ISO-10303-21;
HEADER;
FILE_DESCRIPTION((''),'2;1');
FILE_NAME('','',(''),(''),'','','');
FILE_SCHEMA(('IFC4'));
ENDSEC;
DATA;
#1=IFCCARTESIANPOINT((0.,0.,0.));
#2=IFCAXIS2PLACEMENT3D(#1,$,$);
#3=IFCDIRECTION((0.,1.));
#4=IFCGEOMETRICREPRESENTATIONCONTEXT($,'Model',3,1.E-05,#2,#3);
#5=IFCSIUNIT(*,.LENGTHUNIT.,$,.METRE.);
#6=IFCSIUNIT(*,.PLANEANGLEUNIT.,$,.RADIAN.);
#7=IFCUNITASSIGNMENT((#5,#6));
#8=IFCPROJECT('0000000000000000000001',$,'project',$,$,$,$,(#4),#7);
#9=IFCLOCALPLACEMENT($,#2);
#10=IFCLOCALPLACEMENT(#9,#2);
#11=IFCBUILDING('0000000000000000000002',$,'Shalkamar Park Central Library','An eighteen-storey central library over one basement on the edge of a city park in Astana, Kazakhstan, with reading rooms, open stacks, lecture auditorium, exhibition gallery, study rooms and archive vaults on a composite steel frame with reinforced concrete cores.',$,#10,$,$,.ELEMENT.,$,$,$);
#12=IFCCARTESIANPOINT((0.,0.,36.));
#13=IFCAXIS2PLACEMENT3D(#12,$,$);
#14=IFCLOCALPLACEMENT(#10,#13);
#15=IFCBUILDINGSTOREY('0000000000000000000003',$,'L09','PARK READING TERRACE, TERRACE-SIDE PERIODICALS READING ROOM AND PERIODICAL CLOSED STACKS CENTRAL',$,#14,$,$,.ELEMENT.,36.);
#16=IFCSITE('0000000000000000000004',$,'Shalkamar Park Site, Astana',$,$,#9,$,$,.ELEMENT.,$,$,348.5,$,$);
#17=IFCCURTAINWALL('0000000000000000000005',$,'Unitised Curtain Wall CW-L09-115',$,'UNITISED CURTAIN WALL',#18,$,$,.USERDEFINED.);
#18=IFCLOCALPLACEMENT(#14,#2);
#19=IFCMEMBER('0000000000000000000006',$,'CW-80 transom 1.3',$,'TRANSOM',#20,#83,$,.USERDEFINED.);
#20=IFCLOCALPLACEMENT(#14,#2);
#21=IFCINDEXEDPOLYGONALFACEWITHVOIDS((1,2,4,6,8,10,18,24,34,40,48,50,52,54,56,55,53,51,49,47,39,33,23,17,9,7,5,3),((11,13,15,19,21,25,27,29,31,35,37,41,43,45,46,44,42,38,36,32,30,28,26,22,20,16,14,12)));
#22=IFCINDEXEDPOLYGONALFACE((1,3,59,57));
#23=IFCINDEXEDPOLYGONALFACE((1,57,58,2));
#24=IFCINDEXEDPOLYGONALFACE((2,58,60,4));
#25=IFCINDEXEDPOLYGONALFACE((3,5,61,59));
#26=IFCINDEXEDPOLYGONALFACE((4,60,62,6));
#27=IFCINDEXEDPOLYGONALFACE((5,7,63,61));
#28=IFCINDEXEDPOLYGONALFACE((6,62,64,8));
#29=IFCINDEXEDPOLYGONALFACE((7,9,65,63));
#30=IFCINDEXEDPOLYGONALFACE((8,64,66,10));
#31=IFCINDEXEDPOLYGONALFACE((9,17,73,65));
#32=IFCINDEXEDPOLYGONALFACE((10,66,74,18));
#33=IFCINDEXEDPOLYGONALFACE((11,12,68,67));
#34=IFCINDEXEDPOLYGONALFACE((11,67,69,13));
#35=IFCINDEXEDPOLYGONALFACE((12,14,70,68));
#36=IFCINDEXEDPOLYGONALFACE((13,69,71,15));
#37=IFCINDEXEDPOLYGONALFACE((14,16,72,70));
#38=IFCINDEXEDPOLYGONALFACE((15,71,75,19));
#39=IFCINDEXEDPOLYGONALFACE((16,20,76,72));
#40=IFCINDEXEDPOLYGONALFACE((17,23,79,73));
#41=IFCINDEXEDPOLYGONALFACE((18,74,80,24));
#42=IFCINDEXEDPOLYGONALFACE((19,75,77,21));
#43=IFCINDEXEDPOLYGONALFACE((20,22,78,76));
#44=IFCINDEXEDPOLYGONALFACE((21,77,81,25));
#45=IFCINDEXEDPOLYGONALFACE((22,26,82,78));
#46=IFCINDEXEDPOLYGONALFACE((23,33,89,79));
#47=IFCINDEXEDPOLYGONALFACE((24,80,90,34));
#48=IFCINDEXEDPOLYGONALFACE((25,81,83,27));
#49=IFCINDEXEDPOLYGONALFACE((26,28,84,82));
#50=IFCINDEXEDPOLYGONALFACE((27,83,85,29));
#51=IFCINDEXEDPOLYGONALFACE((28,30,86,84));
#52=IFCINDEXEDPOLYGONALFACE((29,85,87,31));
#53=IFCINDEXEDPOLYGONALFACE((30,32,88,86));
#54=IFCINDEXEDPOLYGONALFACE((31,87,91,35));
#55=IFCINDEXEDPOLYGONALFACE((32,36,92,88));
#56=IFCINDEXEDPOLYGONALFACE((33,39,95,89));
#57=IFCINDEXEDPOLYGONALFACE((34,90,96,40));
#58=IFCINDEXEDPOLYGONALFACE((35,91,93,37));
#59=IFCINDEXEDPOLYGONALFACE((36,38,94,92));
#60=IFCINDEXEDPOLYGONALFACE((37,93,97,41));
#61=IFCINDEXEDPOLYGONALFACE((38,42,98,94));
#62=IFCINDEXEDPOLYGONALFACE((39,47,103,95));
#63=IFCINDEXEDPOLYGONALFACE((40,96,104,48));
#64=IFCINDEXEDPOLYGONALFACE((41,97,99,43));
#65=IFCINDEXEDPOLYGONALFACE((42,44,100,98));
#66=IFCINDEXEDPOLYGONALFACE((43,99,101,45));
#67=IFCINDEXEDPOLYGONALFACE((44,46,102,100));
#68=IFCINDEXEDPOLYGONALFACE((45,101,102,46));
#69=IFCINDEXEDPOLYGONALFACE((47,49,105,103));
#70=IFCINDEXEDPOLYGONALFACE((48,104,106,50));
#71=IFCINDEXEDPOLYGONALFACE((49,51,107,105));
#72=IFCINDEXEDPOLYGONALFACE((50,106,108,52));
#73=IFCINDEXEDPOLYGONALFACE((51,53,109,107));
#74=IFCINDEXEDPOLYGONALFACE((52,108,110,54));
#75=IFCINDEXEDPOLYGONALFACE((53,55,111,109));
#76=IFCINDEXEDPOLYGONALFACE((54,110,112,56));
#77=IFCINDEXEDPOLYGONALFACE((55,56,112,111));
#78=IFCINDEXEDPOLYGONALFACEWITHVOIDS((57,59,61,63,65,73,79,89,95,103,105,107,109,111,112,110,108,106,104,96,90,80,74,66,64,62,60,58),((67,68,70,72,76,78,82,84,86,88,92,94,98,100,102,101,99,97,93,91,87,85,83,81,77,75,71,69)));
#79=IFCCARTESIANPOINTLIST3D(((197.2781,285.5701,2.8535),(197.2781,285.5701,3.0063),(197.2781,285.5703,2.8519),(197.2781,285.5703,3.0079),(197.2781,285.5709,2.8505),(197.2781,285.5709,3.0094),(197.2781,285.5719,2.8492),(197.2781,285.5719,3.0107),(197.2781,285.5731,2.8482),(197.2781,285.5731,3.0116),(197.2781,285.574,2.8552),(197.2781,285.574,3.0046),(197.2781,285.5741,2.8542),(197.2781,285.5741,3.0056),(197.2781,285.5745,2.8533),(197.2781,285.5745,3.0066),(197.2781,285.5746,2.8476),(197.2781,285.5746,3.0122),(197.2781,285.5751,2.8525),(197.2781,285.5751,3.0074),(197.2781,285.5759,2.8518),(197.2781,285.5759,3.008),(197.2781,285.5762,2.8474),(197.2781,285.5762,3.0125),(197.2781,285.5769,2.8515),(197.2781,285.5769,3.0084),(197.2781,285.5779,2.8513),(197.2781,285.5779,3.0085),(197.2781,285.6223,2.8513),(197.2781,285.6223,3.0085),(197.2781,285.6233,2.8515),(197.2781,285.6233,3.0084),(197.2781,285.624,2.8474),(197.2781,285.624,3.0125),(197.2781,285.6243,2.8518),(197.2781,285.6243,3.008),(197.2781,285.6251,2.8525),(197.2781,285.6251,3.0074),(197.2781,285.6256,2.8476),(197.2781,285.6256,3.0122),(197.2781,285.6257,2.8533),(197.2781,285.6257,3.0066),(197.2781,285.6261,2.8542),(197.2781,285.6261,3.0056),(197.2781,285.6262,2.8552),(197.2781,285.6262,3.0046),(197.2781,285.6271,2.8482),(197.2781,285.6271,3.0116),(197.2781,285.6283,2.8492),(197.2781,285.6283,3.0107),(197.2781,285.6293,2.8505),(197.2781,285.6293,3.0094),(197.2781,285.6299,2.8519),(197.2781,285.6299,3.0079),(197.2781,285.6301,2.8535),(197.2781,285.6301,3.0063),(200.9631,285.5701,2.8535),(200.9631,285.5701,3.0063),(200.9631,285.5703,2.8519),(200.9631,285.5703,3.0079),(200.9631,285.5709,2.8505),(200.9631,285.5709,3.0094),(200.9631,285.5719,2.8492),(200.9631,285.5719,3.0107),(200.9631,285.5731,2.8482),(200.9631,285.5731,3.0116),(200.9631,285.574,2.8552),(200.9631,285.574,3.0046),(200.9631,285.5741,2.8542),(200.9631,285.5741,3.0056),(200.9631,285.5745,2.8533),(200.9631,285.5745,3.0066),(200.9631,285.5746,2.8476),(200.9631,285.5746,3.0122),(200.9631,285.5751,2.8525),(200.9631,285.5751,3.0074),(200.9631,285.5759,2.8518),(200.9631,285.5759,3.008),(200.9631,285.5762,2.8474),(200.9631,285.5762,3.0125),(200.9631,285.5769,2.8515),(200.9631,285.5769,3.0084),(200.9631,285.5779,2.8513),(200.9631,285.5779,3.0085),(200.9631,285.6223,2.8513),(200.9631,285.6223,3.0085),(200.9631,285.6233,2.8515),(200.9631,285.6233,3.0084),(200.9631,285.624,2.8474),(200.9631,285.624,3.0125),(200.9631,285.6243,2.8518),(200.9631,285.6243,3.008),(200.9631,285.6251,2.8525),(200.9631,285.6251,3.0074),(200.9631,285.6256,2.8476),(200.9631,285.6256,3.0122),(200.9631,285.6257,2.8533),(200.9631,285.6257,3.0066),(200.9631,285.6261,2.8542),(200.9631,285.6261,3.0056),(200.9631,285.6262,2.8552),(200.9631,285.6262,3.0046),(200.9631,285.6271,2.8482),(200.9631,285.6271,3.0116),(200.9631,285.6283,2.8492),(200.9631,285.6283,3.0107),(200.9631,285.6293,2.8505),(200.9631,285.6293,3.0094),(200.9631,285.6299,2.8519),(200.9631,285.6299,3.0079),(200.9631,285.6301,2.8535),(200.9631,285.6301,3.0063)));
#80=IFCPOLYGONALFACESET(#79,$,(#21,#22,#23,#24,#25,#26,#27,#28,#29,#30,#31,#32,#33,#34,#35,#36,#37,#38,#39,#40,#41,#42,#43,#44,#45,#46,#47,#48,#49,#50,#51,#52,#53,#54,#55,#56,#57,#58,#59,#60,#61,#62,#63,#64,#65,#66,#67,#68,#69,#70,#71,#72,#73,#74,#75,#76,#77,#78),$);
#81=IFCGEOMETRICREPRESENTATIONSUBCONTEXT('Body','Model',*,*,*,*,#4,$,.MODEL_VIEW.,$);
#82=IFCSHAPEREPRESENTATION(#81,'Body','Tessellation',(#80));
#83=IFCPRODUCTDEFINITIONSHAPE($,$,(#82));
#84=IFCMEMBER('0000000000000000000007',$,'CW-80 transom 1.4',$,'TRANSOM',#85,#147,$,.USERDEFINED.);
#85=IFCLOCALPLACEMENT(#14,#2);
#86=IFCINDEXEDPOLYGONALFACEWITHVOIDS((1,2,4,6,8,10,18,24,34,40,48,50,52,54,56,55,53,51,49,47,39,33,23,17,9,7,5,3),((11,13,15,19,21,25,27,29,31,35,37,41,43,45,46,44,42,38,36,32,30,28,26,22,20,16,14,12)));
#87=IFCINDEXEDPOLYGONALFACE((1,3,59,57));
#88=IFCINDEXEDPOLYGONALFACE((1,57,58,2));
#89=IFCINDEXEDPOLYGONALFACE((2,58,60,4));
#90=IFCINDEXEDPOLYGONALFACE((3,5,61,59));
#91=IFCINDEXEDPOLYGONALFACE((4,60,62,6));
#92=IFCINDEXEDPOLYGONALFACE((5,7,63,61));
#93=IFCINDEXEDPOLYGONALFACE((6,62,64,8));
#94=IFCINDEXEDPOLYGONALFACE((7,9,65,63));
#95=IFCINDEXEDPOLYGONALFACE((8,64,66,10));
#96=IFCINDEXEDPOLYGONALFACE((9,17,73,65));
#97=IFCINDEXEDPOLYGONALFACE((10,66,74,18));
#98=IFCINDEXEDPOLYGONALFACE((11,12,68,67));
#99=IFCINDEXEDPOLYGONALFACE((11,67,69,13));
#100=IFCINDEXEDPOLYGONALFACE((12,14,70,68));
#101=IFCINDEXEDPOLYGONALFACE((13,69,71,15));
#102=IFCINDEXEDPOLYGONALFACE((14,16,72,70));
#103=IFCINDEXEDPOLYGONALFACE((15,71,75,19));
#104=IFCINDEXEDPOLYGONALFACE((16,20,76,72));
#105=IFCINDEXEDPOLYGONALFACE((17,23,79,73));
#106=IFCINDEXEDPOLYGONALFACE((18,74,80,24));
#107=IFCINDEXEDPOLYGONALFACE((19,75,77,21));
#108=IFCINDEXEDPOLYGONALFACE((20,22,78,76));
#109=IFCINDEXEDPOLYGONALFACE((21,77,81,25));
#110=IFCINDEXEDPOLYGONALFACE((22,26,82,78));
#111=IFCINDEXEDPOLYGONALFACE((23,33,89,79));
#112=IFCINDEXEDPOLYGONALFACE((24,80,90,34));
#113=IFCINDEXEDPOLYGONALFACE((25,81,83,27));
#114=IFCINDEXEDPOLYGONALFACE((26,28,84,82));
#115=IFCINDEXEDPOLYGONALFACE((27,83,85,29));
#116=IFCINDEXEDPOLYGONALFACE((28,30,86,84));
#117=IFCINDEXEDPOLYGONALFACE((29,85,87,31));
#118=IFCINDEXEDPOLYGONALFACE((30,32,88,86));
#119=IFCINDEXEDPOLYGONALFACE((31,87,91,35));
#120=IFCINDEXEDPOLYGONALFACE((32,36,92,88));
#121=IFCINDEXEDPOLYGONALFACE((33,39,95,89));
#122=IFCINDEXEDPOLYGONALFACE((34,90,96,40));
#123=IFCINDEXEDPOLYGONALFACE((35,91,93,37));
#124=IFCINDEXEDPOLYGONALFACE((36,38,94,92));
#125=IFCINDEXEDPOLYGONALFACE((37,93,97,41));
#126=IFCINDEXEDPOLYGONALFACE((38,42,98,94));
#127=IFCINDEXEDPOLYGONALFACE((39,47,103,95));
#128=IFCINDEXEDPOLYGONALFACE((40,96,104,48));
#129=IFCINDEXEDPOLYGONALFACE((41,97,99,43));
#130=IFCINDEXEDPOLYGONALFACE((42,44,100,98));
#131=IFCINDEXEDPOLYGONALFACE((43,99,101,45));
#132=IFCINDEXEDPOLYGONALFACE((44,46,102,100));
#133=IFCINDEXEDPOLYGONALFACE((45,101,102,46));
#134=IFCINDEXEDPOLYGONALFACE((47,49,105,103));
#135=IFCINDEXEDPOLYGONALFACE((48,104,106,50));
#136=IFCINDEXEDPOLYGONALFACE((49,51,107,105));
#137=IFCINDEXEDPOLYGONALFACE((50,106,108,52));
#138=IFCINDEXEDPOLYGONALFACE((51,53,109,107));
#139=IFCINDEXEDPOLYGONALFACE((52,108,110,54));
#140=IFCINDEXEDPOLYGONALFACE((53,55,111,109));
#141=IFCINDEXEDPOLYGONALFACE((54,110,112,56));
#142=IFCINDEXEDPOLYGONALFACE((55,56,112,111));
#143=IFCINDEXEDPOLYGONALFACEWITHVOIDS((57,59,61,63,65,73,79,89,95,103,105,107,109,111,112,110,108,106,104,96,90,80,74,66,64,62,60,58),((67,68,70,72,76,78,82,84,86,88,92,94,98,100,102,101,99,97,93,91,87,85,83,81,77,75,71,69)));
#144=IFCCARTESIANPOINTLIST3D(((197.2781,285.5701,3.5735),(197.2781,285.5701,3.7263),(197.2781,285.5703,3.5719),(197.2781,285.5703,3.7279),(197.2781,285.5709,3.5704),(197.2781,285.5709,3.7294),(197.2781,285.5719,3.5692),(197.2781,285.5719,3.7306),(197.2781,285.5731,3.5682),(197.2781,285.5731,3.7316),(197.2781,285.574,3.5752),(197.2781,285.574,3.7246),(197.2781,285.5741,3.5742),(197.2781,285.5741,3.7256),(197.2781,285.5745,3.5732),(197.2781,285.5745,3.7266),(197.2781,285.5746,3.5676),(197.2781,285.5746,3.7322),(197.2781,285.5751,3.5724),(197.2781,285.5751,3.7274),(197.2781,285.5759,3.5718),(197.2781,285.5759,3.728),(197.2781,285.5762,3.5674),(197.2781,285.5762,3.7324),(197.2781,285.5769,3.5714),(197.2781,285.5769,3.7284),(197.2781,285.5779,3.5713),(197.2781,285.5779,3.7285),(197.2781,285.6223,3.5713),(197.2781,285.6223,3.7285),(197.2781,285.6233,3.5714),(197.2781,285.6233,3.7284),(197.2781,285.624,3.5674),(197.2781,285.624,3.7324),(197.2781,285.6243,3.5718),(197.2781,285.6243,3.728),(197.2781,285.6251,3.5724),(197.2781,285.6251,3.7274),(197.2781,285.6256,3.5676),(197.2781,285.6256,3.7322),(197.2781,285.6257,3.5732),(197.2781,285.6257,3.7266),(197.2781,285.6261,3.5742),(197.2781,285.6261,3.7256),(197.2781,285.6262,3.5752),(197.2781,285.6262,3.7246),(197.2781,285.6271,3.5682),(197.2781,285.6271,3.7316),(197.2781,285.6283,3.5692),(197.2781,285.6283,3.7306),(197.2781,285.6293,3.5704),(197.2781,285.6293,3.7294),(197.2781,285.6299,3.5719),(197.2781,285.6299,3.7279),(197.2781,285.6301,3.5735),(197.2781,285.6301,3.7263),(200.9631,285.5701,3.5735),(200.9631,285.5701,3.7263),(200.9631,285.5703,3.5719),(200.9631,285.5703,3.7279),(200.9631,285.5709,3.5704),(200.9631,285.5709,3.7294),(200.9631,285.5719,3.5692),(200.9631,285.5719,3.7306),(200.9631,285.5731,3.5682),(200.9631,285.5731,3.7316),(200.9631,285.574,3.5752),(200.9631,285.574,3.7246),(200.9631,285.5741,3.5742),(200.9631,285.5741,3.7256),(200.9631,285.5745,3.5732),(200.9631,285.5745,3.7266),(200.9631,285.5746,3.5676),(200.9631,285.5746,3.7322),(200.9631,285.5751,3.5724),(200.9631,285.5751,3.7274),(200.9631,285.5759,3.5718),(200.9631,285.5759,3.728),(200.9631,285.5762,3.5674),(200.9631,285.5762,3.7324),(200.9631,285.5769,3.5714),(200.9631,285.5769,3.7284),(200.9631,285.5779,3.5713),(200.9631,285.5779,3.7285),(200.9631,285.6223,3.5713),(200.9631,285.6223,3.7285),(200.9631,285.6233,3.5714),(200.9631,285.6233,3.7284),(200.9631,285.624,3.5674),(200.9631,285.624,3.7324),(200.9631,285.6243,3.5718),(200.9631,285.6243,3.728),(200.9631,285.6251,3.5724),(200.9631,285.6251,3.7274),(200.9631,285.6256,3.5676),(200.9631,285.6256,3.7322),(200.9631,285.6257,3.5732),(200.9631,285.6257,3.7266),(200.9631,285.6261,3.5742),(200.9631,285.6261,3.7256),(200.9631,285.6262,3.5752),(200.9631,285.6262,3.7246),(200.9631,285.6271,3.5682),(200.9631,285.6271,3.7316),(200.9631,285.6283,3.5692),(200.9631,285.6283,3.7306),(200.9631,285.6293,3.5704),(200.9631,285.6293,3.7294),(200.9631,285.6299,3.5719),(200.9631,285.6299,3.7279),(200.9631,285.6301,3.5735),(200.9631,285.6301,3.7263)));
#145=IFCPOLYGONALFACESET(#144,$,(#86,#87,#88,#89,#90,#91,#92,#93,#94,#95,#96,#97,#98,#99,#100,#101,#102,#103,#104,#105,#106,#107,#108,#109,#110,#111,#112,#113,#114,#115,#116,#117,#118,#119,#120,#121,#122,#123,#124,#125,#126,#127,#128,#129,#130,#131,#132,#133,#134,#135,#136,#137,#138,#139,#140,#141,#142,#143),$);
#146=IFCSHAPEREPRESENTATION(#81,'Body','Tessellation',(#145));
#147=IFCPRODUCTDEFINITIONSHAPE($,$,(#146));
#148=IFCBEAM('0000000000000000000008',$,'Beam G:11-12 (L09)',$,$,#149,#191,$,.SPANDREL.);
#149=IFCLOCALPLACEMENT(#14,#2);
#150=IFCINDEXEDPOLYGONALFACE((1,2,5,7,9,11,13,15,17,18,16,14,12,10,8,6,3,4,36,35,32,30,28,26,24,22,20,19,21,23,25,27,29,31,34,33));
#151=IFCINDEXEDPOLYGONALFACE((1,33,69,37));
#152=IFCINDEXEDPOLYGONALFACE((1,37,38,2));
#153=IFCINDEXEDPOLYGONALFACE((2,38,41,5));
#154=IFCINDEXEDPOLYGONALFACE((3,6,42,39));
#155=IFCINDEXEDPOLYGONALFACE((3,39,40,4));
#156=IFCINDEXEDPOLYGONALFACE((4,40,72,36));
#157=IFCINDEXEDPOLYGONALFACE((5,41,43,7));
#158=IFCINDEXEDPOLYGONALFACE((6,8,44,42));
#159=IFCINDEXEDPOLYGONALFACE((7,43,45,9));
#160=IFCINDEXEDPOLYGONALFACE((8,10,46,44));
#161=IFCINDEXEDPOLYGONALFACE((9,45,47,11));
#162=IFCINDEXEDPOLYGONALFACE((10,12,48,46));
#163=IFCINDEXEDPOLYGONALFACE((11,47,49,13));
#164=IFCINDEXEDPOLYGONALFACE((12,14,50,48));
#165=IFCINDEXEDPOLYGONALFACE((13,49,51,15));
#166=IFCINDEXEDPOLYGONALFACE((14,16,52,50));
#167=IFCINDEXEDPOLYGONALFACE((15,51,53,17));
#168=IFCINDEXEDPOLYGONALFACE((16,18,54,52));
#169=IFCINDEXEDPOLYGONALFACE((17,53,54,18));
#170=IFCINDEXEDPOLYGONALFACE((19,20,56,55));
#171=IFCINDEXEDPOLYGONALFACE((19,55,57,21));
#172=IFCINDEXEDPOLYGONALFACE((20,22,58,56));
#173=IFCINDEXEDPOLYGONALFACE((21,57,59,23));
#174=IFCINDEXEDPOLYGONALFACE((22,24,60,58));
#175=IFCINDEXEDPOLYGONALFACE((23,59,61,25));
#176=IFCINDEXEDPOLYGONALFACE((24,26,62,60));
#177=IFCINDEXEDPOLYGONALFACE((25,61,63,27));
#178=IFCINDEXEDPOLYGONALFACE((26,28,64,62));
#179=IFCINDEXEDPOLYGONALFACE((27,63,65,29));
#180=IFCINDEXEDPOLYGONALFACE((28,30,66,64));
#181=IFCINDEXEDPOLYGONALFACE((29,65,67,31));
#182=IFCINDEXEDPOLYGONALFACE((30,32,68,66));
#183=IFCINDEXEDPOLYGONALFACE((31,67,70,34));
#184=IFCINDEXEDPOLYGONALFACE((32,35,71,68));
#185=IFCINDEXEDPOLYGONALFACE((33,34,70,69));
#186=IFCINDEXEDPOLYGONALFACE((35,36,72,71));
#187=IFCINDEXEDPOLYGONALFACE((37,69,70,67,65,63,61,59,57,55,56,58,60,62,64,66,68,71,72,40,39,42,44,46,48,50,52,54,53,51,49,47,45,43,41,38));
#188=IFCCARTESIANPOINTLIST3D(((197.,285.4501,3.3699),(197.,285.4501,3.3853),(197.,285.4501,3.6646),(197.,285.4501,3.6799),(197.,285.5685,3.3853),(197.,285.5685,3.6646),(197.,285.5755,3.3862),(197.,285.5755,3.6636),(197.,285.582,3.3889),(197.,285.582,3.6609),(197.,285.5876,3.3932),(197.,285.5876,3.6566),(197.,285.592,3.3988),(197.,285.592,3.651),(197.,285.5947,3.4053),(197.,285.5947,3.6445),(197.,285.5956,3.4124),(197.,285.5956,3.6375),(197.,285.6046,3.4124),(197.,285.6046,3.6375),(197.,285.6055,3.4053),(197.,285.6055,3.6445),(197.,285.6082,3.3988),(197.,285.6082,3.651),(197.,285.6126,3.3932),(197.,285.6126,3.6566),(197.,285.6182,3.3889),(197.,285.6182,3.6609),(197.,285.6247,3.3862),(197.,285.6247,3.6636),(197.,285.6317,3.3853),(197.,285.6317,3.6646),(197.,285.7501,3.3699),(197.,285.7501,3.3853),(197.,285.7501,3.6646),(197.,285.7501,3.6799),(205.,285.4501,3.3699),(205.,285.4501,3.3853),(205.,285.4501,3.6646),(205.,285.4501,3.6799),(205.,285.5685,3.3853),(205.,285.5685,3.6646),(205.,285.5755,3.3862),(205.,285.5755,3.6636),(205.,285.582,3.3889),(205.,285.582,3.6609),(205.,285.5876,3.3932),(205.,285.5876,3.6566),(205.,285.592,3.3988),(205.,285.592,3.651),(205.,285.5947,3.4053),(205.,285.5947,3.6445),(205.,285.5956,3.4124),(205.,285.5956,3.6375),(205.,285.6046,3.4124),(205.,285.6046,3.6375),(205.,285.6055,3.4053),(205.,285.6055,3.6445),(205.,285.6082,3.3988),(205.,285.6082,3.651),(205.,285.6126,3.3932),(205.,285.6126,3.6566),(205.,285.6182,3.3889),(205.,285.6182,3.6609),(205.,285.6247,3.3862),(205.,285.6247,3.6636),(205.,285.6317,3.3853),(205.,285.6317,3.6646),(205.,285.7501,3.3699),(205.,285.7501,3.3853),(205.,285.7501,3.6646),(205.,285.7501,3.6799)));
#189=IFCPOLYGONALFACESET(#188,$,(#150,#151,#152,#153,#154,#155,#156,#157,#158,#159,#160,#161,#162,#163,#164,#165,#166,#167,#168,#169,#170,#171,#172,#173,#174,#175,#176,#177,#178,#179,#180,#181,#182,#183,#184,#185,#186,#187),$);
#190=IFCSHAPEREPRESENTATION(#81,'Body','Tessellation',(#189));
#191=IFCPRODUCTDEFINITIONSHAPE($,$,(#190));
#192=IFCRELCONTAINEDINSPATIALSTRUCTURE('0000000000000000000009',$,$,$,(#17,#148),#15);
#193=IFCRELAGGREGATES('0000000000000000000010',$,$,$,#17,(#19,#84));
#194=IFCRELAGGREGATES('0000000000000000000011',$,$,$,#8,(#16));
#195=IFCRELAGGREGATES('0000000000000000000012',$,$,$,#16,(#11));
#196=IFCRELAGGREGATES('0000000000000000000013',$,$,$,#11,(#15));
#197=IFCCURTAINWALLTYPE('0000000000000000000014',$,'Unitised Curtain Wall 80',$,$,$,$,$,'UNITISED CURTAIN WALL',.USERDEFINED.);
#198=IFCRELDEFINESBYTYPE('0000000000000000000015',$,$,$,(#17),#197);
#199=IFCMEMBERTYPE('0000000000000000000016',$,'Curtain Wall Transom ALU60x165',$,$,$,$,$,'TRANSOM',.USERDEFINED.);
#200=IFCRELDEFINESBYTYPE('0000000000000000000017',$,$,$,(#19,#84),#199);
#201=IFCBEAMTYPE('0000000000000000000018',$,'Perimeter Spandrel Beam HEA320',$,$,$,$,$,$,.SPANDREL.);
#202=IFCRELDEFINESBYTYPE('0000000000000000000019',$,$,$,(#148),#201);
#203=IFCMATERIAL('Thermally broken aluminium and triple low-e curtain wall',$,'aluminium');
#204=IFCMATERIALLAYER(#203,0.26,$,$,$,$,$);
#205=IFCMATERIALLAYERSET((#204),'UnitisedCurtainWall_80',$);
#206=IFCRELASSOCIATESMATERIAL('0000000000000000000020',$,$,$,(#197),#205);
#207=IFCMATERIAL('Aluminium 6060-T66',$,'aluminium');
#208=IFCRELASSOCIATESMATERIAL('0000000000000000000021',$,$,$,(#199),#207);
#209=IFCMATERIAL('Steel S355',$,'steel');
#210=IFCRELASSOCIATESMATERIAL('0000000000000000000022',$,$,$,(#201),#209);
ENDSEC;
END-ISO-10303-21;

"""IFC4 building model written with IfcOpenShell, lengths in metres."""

from ifc_helpers import new_model, si_unit, direction, frame, origin, origin_2d, place, context, subcontext, project, spatial, hollow_rectangle, i_section, extrude, material, layer, layer_set, material_profile, profile_set, type_object, element, aggregate, save


model = new_model("IFC4")

# Units and contexts
model_context = context("Model", 3, precision=1e-05, world=origin(), true_north=direction((0.0, 1.0)))
body_context = subcontext(model_context, "Body", "Model", "MODEL_VIEW")
ifc_project = project(units=[si_unit("LENGTHUNIT", "METRE"), si_unit("PLANEANGLEUNIT", "RADIAN")], contexts=[model_context])

# Site, building, storey
site_placement = place(None, origin())
site = spatial("IfcSite", under=ifc_project, at=site_placement, Name="Shalkamar Park Site, Astana", CompositionType="ELEMENT", RefElevation=348.5)
building_placement = place(site_placement, origin())
building = spatial("IfcBuilding", under=site, at=building_placement, Name="Shalkamar Park Central Library", Description="An eighteen-storey central library over one basement on the edge of a city park in Astana, Kazakhstan, with reading rooms, open stacks, lecture auditorium, exhibition gallery, study rooms and archive vaults on a composite steel frame with reinforced concrete cores.", CompositionType="ELEMENT")
storey_placement = place(building_placement, frame((0.0, 0.0, 36.0)))
storey = spatial("IfcBuildingStorey", under=building, at=storey_placement, Name="L09", Description="PARK READING TERRACE, TERRACE-SIDE PERIODICALS READING ROOM AND PERIODICAL CLOSED STACKS CENTRAL", CompositionType="ELEMENT", Elevation=36.0)

# Shared definitions
ifc_material_1 = material(Name="Steel S355", Category="steel")

# Curtain wall
ifc_material_2 = material(Name="Thermally broken aluminium and triple low-e curtain wall", Category="aluminium")
ifc_material_3 = material(Name="Aluminium 6060-T66", Category="aluminium")
ifc_layer_1 = layer(ifc_material_2, 0.26)
ifc_layer_set_1 = layer_set([ifc_layer_1], Name="UnitisedCurtainWall_80")
curtain_wall_type_1 = type_object("IfcCurtainWallType", Name="Unitised Curtain Wall 80", ElementType="UNITISED CURTAIN WALL", PredefinedType="USERDEFINED", material=ifc_layer_set_1)
curtain_wall_1_placement = place(storey_placement, origin())
curtain_wall_1 = element("IfcCurtainWall", 1, at=curtain_wall_1_placement, inside=storey, type_object=curtain_wall_type_1, Name="Unitised Curtain Wall CW-L09-115", ObjectType="UNITISED CURTAIN WALL", PredefinedType="USERDEFINED")

# Members
ifc_material_profile_1 = material_profile(ifc_material_3, hollow_rectangle(XDim=0.0601, YDim=0.165, WallThickness=0.0039, InnerFilletRadius=0.0039, OuterFilletRadius=0.0061, at=origin_2d()), Name="ALU 60x165x4")
ifc_profile_set_1 = profile_set([ifc_material_profile_1], Name="Aluminium 6060-T66")
member_type_1 = type_object("IfcMemberType", Name="Curtain Wall Transom ALU60x165", ElementType="TRANSOM", PredefinedType="USERDEFINED", material=ifc_profile_set_1)
member_1_placement = place(storey_placement, frame((197.2781, 285.6001, 2.9299), z_axis=(1.0, 0.0, 0.0), x_axis=(0.0, 1.0, 0.0)))
member_1 = element("IfcMember", 2, at=member_1_placement, type_object=member_type_1, Name="CW-80 transom 1.3", ObjectType="TRANSOM", PredefinedType="USERDEFINED", context=body_context, shape_type="SweptSolid", body=[
    extrude(hollow_rectangle(XDim=0.0601, YDim=0.165, WallThickness=0.0039, InnerFilletRadius=0.0039, OuterFilletRadius=0.0061, at=origin_2d()), origin(), (0.0, 0.0, 1.0), 3.6851),
])
member_2_placement = place(storey_placement, frame((197.2781, 285.6001, 3.6499), z_axis=(1.0, 0.0, 0.0), x_axis=(0.0, 1.0, 0.0)))
member_2 = element("IfcMember", 3, at=member_2_placement, type_object=member_type_1, Name="CW-80 transom 1.4", ObjectType="TRANSOM", PredefinedType="USERDEFINED", context=body_context, shape_type="SweptSolid", body=[
    extrude(hollow_rectangle(XDim=0.0601, YDim=0.165, WallThickness=0.0039, InnerFilletRadius=0.0039, OuterFilletRadius=0.0061, at=origin_2d()), origin(), (0.0, 0.0, 1.0), 3.6851),
])

# Beam
ifc_material_profile_2 = material_profile(ifc_material_1, i_section(OverallWidth=0.3, OverallDepth=0.3101, WebThickness=0.009, FlangeThickness=0.0154, FilletRadius=0.0271, at=origin_2d()), Name="HEA 320")
ifc_profile_set_2 = profile_set([ifc_material_profile_2], Name="Steel S355")
beam_type_1 = type_object("IfcBeamType", Name="Perimeter Spandrel Beam HEA320", PredefinedType="SPANDREL", material=ifc_profile_set_2)
beam_1_placement = place(storey_placement, frame((197.0, 285.6001, 3.5249), z_axis=(1.0, 0.0, 0.0), x_axis=(0.0, 1.0, 0.0)))
element("IfcBeam", 4, at=beam_1_placement, inside=storey, type_object=beam_type_1, Name="Beam G:11-12 (L09)", PredefinedType="SPANDREL", context=body_context, shape_type="SweptSolid", body=[
    extrude(i_section(OverallWidth=0.3, OverallDepth=0.3101, WebThickness=0.009, FlangeThickness=0.0154, FilletRadius=0.0271, at=origin_2d()), origin(), (0.0, 0.0, 1.0), 8.0),
])

aggregate(curtain_wall_1, [member_1, member_2])

save(model, "model.ifc")
